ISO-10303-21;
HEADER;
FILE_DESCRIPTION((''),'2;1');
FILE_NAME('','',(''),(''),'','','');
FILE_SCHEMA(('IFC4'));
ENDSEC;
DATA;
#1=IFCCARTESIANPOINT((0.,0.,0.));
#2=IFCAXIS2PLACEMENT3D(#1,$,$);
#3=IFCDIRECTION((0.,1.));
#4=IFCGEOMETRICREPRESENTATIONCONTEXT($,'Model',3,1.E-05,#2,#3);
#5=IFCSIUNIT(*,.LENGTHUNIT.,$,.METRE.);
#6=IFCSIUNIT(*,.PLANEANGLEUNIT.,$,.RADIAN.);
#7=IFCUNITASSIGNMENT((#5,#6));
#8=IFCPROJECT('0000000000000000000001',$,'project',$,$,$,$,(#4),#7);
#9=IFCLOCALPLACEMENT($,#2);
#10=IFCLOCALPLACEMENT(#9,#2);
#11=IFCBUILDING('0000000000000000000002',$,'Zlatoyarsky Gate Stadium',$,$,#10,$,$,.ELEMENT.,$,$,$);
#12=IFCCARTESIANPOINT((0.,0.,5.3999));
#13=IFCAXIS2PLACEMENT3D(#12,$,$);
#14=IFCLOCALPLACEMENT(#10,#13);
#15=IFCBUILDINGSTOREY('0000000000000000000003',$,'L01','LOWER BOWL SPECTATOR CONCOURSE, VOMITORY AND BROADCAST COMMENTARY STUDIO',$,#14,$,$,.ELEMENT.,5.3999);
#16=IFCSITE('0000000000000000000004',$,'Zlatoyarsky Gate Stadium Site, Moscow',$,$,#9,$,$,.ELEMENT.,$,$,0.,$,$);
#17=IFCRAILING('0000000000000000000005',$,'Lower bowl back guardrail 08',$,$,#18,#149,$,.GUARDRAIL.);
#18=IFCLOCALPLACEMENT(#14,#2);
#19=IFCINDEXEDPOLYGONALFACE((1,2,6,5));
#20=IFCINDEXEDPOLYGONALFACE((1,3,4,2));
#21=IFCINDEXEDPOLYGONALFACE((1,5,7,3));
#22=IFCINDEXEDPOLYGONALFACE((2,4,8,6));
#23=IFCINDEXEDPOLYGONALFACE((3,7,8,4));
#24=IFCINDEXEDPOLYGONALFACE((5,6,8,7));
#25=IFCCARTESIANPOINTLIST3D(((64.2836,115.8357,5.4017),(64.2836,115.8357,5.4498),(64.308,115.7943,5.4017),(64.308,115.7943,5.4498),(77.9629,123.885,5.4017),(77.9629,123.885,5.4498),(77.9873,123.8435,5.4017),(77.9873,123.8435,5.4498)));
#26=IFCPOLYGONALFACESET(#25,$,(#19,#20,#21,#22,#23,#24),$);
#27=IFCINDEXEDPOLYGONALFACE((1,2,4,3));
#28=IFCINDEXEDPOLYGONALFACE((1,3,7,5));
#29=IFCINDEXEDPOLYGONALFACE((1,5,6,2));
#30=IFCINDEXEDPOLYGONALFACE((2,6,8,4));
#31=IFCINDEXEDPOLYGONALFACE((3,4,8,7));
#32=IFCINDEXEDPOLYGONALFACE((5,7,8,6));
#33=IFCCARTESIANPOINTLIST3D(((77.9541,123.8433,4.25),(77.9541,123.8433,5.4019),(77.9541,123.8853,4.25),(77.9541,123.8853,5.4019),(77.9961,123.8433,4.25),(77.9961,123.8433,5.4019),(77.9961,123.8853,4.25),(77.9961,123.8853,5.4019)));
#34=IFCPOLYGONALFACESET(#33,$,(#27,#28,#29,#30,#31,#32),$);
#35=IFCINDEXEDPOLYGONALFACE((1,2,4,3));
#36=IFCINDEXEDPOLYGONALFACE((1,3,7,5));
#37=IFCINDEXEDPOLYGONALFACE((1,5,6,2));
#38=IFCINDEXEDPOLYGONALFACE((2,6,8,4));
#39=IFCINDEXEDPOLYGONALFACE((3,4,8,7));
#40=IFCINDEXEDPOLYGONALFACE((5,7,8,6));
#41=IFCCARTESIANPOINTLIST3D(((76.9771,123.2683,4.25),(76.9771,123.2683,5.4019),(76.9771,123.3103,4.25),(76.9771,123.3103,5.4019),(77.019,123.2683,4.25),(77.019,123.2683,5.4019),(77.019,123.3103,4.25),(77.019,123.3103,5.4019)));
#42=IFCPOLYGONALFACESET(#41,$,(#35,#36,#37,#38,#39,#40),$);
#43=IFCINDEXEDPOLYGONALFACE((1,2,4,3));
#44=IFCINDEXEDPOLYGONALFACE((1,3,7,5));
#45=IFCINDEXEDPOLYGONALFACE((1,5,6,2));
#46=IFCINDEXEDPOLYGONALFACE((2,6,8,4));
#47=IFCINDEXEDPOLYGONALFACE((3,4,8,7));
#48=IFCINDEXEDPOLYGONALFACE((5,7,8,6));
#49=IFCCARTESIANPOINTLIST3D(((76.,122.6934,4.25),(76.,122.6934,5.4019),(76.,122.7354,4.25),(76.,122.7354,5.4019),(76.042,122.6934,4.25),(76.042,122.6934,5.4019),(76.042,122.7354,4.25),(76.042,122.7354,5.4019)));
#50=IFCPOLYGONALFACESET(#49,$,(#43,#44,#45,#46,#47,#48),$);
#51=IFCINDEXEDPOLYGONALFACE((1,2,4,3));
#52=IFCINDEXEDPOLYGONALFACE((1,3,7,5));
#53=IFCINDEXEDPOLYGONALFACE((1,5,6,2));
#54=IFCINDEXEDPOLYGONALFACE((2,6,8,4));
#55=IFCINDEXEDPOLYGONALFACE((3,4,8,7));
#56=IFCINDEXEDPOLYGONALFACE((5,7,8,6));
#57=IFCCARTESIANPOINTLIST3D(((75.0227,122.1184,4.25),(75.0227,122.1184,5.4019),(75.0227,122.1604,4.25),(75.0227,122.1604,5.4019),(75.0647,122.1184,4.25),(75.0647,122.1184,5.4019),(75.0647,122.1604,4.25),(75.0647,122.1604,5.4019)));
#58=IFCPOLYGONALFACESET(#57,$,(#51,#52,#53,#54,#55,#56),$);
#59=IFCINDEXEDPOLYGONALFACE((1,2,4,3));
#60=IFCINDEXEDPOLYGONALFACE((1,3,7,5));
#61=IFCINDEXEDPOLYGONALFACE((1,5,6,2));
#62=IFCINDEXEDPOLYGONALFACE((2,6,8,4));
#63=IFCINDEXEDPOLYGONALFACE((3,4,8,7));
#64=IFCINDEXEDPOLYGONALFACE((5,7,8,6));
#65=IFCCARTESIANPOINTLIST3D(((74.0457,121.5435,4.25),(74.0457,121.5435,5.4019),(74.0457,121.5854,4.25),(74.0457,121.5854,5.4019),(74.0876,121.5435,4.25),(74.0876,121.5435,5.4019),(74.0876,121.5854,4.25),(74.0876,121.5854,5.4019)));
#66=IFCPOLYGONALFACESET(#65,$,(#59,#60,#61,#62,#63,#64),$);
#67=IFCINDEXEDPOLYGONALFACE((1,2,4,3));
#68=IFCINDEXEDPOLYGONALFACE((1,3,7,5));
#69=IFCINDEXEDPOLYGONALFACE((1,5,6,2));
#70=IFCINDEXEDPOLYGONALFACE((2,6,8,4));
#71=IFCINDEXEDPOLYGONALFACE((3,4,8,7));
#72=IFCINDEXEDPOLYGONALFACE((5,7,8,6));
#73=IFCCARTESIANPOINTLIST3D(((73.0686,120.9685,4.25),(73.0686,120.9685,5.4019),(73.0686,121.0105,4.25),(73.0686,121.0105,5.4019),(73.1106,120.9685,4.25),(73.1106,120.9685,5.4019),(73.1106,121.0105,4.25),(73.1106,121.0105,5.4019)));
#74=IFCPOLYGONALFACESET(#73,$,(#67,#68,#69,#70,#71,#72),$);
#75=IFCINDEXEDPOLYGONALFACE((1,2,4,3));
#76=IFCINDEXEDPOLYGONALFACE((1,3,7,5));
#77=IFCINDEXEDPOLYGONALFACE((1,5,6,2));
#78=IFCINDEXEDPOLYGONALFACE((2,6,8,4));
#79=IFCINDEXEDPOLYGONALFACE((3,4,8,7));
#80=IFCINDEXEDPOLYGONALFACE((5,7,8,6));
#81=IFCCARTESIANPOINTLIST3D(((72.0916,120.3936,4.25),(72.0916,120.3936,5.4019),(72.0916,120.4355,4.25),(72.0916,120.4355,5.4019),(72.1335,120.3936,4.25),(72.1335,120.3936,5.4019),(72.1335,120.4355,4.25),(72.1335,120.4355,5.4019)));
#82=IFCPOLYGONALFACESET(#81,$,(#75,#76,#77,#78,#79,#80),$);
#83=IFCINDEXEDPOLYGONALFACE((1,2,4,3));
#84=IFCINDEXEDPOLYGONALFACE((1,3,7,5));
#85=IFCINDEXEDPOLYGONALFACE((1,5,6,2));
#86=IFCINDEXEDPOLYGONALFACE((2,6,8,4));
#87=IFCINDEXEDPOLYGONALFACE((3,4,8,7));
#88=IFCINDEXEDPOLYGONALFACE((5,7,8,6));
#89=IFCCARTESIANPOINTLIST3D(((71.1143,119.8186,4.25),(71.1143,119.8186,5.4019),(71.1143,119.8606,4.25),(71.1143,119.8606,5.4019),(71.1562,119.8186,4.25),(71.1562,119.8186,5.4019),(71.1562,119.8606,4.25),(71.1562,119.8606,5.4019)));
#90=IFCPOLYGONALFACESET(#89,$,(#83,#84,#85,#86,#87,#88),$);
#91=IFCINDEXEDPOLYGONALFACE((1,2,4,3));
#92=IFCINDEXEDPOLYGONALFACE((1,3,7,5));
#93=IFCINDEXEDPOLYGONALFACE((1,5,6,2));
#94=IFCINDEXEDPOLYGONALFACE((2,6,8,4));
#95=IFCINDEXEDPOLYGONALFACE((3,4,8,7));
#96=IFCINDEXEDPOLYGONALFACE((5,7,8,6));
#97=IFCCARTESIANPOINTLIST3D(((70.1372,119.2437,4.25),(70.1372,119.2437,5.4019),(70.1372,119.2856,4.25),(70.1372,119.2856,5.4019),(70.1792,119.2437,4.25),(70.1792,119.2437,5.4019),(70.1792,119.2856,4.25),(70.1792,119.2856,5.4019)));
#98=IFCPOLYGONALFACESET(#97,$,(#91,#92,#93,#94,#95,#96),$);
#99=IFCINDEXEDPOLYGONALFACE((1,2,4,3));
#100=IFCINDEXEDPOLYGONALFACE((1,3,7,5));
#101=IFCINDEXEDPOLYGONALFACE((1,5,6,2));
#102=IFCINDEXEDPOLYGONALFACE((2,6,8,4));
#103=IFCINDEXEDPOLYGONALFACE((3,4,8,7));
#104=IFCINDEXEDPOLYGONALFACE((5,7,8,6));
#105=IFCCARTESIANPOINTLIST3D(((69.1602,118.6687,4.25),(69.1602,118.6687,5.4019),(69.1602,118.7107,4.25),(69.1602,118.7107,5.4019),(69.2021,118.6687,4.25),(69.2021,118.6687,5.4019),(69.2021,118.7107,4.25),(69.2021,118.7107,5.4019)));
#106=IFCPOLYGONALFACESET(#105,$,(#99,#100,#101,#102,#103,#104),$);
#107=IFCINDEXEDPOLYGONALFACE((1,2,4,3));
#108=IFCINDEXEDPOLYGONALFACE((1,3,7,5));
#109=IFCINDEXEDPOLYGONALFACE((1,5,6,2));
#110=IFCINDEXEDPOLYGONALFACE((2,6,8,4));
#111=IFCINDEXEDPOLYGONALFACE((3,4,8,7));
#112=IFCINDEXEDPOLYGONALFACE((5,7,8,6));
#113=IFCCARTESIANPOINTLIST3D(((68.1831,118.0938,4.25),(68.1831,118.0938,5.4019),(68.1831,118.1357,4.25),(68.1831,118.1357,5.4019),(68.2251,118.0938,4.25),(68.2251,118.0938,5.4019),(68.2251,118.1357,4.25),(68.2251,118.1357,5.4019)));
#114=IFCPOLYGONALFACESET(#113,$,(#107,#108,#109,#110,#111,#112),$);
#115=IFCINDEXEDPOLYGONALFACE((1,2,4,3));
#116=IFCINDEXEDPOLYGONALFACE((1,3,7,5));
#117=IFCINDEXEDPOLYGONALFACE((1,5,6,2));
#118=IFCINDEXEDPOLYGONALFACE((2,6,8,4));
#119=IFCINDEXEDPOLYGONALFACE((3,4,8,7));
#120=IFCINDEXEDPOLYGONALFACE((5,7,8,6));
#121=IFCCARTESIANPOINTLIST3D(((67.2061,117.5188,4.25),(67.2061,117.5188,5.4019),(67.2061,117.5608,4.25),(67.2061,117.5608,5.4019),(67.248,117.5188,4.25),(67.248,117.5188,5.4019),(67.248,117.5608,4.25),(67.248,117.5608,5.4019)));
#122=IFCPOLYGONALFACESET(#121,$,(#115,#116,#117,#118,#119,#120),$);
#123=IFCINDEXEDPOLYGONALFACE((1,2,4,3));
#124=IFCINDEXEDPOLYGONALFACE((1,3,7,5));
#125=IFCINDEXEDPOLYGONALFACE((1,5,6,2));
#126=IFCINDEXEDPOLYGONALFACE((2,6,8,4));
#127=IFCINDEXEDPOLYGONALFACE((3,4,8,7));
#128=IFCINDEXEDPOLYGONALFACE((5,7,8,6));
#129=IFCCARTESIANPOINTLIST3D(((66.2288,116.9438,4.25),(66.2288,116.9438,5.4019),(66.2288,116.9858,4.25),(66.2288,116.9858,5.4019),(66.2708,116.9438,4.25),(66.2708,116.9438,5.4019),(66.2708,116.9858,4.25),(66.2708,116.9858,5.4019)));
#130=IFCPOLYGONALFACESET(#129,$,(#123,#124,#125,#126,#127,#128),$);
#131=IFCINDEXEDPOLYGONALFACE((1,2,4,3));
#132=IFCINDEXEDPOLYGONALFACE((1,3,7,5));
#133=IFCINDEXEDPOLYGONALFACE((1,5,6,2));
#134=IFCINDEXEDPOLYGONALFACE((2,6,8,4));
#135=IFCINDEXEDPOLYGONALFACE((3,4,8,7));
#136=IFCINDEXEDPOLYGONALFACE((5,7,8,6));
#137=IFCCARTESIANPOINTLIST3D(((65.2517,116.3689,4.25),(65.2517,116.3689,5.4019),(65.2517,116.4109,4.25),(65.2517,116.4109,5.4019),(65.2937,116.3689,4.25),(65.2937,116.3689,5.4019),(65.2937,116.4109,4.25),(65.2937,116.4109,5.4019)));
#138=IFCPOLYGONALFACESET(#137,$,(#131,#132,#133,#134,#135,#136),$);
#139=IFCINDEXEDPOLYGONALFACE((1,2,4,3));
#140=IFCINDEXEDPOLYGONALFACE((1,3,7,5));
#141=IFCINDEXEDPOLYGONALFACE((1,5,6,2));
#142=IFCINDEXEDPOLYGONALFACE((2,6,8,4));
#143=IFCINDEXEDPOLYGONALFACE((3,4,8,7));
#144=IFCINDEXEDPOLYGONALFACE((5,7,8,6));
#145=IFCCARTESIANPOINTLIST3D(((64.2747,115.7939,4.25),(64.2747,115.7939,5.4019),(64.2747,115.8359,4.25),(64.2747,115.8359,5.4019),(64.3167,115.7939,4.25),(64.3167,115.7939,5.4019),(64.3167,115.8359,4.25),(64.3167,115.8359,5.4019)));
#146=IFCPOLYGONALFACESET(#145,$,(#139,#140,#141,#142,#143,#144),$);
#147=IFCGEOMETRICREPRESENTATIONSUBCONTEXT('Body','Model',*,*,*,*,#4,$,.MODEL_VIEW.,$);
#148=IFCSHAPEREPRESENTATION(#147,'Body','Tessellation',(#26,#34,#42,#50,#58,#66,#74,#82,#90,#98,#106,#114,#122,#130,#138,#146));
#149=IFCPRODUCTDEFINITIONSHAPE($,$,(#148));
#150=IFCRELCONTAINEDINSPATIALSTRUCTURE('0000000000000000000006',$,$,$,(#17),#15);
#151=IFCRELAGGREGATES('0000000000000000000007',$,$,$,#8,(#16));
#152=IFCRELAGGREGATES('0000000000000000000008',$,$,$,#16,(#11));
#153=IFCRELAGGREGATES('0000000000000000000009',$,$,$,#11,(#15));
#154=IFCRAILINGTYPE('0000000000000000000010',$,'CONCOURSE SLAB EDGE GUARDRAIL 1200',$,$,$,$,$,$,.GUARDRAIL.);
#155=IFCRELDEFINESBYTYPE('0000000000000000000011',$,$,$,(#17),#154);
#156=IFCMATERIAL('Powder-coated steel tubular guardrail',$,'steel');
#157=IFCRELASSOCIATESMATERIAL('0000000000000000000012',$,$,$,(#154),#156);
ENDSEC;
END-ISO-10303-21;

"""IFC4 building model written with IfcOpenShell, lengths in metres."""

from ifc_helpers import new_model, si_unit, direction, frame, origin, origin_2d, place, context, subcontext, project, spatial, rectangle, extrude, material, type_object, element, save


model = new_model("IFC4")

# Units and contexts
model_context = context("Model", 3, precision=1e-05, world=origin(), true_north=direction((0.0, 1.0)))
body_context = subcontext(model_context, "Body", "Model", "MODEL_VIEW")
ifc_project = project(units=[si_unit("LENGTHUNIT", "METRE"), si_unit("PLANEANGLEUNIT", "RADIAN")], contexts=[model_context])

# Site, building, storey
site_placement = place(None, origin())
site = spatial("IfcSite", under=ifc_project, at=site_placement, Name="Zlatoyarsky Gate Stadium Site, Moscow", CompositionType="ELEMENT", RefElevation=0.0)
building_placement = place(site_placement, origin())
building = spatial("IfcBuilding", under=site, at=building_placement, Name="Zlatoyarsky Gate Stadium", CompositionType="ELEMENT")
storey_placement = place(building_placement, frame((0.0, 0.0, 5.3999)))
storey = spatial("IfcBuildingStorey", under=building, at=storey_placement, Name="L01", Description="LOWER BOWL SPECTATOR CONCOURSE, VOMITORY AND BROADCAST COMMENTARY STUDIO", CompositionType="ELEMENT", Elevation=5.3999)

# Railing
ifc_material_1 = material(Name="Powder-coated steel tubular guardrail", Category="steel")
railing_type_1 = type_object("IfcRailingType", Name="CONCOURSE SLAB EDGE GUARDRAIL 1200", PredefinedType="GUARDRAIL", material=ifc_material_1)
railing_1_placement = place(storey_placement, frame((77.9751, 123.8643, 4.25)))
element("IfcRailing", 1, at=railing_1_placement, inside=storey, type_object=railing_type_1, Name="Lower bowl back guardrail 08", PredefinedType="GUARDRAIL", context=body_context, shape_type="SweptSolid", body=[
    extrude(rectangle(XDim=0.0481, YDim=0.0481, at=origin_2d()), frame((0.0, 0.0, 1.1758), z_axis=(-0.861863, -0.507141, 0.0), x_axis=(0.507141, -0.861863, 0.0)), (0.0, 0.0, 1.0), 15.8718),
    extrude(rectangle(XDim=0.042, YDim=0.042, at=origin_2d()), origin(), (0.0, 0.0, 1.0), 1.1519),
    extrude(rectangle(XDim=0.042, YDim=0.042, at=origin_2d()), frame((-0.9771, -0.575, 0.0)), (0.0, 0.0, 1.0), 1.1519),
    extrude(rectangle(XDim=0.042, YDim=0.042, at=origin_2d()), frame((-1.9541, -1.1499, 0.0)), (0.0, 0.0, 1.0), 1.1519),
    extrude(rectangle(XDim=0.042, YDim=0.042, at=origin_2d()), frame((-2.9314, -1.7249, 0.0)), (0.0, 0.0, 1.0), 1.1519),
    extrude(rectangle(XDim=0.042, YDim=0.042, at=origin_2d()), frame((-3.9084, -2.2998, 0.0)), (0.0, 0.0, 1.0), 1.1519),
    extrude(rectangle(XDim=0.042, YDim=0.042, at=origin_2d()), frame((-4.8855, -2.8748, 0.0)), (0.0, 0.0, 1.0), 1.1519),
    extrude(rectangle(XDim=0.042, YDim=0.042, at=origin_2d()), frame((-5.8625, -3.4497, 0.0)), (0.0, 0.0, 1.0), 1.1519),
    extrude(rectangle(XDim=0.042, YDim=0.042, at=origin_2d()), frame((-6.8398, -4.0247, 0.0)), (0.0, 0.0, 1.0), 1.1519),
    extrude(rectangle(XDim=0.042, YDim=0.042, at=origin_2d()), frame((-7.8169, -4.5996, 0.0)), (0.0, 0.0, 1.0), 1.1519),
    extrude(rectangle(XDim=0.042, YDim=0.042, at=origin_2d()), frame((-8.7939, -5.1746, 0.0)), (0.0, 0.0, 1.0), 1.1519),
    extrude(rectangle(XDim=0.042, YDim=0.042, at=origin_2d()), frame((-9.771, -5.7495, 0.0)), (0.0, 0.0, 1.0), 1.1519),
    extrude(rectangle(XDim=0.042, YDim=0.042, at=origin_2d()), frame((-10.748, -6.3245, 0.0)), (0.0, 0.0, 1.0), 1.1519),
    extrude(rectangle(XDim=0.042, YDim=0.042, at=origin_2d()), frame((-11.7253, -6.8994, 0.0)), (0.0, 0.0, 1.0), 1.1519),
    extrude(rectangle(XDim=0.042, YDim=0.042, at=origin_2d()), frame((-12.7024, -7.4744, 0.0)), (0.0, 0.0, 1.0), 1.1519),
    extrude(rectangle(XDim=0.042, YDim=0.042, at=origin_2d()), frame((-13.6794, -8.0493, 0.0)), (0.0, 0.0, 1.0), 1.1519),
])

save(model, "model.ifc")
